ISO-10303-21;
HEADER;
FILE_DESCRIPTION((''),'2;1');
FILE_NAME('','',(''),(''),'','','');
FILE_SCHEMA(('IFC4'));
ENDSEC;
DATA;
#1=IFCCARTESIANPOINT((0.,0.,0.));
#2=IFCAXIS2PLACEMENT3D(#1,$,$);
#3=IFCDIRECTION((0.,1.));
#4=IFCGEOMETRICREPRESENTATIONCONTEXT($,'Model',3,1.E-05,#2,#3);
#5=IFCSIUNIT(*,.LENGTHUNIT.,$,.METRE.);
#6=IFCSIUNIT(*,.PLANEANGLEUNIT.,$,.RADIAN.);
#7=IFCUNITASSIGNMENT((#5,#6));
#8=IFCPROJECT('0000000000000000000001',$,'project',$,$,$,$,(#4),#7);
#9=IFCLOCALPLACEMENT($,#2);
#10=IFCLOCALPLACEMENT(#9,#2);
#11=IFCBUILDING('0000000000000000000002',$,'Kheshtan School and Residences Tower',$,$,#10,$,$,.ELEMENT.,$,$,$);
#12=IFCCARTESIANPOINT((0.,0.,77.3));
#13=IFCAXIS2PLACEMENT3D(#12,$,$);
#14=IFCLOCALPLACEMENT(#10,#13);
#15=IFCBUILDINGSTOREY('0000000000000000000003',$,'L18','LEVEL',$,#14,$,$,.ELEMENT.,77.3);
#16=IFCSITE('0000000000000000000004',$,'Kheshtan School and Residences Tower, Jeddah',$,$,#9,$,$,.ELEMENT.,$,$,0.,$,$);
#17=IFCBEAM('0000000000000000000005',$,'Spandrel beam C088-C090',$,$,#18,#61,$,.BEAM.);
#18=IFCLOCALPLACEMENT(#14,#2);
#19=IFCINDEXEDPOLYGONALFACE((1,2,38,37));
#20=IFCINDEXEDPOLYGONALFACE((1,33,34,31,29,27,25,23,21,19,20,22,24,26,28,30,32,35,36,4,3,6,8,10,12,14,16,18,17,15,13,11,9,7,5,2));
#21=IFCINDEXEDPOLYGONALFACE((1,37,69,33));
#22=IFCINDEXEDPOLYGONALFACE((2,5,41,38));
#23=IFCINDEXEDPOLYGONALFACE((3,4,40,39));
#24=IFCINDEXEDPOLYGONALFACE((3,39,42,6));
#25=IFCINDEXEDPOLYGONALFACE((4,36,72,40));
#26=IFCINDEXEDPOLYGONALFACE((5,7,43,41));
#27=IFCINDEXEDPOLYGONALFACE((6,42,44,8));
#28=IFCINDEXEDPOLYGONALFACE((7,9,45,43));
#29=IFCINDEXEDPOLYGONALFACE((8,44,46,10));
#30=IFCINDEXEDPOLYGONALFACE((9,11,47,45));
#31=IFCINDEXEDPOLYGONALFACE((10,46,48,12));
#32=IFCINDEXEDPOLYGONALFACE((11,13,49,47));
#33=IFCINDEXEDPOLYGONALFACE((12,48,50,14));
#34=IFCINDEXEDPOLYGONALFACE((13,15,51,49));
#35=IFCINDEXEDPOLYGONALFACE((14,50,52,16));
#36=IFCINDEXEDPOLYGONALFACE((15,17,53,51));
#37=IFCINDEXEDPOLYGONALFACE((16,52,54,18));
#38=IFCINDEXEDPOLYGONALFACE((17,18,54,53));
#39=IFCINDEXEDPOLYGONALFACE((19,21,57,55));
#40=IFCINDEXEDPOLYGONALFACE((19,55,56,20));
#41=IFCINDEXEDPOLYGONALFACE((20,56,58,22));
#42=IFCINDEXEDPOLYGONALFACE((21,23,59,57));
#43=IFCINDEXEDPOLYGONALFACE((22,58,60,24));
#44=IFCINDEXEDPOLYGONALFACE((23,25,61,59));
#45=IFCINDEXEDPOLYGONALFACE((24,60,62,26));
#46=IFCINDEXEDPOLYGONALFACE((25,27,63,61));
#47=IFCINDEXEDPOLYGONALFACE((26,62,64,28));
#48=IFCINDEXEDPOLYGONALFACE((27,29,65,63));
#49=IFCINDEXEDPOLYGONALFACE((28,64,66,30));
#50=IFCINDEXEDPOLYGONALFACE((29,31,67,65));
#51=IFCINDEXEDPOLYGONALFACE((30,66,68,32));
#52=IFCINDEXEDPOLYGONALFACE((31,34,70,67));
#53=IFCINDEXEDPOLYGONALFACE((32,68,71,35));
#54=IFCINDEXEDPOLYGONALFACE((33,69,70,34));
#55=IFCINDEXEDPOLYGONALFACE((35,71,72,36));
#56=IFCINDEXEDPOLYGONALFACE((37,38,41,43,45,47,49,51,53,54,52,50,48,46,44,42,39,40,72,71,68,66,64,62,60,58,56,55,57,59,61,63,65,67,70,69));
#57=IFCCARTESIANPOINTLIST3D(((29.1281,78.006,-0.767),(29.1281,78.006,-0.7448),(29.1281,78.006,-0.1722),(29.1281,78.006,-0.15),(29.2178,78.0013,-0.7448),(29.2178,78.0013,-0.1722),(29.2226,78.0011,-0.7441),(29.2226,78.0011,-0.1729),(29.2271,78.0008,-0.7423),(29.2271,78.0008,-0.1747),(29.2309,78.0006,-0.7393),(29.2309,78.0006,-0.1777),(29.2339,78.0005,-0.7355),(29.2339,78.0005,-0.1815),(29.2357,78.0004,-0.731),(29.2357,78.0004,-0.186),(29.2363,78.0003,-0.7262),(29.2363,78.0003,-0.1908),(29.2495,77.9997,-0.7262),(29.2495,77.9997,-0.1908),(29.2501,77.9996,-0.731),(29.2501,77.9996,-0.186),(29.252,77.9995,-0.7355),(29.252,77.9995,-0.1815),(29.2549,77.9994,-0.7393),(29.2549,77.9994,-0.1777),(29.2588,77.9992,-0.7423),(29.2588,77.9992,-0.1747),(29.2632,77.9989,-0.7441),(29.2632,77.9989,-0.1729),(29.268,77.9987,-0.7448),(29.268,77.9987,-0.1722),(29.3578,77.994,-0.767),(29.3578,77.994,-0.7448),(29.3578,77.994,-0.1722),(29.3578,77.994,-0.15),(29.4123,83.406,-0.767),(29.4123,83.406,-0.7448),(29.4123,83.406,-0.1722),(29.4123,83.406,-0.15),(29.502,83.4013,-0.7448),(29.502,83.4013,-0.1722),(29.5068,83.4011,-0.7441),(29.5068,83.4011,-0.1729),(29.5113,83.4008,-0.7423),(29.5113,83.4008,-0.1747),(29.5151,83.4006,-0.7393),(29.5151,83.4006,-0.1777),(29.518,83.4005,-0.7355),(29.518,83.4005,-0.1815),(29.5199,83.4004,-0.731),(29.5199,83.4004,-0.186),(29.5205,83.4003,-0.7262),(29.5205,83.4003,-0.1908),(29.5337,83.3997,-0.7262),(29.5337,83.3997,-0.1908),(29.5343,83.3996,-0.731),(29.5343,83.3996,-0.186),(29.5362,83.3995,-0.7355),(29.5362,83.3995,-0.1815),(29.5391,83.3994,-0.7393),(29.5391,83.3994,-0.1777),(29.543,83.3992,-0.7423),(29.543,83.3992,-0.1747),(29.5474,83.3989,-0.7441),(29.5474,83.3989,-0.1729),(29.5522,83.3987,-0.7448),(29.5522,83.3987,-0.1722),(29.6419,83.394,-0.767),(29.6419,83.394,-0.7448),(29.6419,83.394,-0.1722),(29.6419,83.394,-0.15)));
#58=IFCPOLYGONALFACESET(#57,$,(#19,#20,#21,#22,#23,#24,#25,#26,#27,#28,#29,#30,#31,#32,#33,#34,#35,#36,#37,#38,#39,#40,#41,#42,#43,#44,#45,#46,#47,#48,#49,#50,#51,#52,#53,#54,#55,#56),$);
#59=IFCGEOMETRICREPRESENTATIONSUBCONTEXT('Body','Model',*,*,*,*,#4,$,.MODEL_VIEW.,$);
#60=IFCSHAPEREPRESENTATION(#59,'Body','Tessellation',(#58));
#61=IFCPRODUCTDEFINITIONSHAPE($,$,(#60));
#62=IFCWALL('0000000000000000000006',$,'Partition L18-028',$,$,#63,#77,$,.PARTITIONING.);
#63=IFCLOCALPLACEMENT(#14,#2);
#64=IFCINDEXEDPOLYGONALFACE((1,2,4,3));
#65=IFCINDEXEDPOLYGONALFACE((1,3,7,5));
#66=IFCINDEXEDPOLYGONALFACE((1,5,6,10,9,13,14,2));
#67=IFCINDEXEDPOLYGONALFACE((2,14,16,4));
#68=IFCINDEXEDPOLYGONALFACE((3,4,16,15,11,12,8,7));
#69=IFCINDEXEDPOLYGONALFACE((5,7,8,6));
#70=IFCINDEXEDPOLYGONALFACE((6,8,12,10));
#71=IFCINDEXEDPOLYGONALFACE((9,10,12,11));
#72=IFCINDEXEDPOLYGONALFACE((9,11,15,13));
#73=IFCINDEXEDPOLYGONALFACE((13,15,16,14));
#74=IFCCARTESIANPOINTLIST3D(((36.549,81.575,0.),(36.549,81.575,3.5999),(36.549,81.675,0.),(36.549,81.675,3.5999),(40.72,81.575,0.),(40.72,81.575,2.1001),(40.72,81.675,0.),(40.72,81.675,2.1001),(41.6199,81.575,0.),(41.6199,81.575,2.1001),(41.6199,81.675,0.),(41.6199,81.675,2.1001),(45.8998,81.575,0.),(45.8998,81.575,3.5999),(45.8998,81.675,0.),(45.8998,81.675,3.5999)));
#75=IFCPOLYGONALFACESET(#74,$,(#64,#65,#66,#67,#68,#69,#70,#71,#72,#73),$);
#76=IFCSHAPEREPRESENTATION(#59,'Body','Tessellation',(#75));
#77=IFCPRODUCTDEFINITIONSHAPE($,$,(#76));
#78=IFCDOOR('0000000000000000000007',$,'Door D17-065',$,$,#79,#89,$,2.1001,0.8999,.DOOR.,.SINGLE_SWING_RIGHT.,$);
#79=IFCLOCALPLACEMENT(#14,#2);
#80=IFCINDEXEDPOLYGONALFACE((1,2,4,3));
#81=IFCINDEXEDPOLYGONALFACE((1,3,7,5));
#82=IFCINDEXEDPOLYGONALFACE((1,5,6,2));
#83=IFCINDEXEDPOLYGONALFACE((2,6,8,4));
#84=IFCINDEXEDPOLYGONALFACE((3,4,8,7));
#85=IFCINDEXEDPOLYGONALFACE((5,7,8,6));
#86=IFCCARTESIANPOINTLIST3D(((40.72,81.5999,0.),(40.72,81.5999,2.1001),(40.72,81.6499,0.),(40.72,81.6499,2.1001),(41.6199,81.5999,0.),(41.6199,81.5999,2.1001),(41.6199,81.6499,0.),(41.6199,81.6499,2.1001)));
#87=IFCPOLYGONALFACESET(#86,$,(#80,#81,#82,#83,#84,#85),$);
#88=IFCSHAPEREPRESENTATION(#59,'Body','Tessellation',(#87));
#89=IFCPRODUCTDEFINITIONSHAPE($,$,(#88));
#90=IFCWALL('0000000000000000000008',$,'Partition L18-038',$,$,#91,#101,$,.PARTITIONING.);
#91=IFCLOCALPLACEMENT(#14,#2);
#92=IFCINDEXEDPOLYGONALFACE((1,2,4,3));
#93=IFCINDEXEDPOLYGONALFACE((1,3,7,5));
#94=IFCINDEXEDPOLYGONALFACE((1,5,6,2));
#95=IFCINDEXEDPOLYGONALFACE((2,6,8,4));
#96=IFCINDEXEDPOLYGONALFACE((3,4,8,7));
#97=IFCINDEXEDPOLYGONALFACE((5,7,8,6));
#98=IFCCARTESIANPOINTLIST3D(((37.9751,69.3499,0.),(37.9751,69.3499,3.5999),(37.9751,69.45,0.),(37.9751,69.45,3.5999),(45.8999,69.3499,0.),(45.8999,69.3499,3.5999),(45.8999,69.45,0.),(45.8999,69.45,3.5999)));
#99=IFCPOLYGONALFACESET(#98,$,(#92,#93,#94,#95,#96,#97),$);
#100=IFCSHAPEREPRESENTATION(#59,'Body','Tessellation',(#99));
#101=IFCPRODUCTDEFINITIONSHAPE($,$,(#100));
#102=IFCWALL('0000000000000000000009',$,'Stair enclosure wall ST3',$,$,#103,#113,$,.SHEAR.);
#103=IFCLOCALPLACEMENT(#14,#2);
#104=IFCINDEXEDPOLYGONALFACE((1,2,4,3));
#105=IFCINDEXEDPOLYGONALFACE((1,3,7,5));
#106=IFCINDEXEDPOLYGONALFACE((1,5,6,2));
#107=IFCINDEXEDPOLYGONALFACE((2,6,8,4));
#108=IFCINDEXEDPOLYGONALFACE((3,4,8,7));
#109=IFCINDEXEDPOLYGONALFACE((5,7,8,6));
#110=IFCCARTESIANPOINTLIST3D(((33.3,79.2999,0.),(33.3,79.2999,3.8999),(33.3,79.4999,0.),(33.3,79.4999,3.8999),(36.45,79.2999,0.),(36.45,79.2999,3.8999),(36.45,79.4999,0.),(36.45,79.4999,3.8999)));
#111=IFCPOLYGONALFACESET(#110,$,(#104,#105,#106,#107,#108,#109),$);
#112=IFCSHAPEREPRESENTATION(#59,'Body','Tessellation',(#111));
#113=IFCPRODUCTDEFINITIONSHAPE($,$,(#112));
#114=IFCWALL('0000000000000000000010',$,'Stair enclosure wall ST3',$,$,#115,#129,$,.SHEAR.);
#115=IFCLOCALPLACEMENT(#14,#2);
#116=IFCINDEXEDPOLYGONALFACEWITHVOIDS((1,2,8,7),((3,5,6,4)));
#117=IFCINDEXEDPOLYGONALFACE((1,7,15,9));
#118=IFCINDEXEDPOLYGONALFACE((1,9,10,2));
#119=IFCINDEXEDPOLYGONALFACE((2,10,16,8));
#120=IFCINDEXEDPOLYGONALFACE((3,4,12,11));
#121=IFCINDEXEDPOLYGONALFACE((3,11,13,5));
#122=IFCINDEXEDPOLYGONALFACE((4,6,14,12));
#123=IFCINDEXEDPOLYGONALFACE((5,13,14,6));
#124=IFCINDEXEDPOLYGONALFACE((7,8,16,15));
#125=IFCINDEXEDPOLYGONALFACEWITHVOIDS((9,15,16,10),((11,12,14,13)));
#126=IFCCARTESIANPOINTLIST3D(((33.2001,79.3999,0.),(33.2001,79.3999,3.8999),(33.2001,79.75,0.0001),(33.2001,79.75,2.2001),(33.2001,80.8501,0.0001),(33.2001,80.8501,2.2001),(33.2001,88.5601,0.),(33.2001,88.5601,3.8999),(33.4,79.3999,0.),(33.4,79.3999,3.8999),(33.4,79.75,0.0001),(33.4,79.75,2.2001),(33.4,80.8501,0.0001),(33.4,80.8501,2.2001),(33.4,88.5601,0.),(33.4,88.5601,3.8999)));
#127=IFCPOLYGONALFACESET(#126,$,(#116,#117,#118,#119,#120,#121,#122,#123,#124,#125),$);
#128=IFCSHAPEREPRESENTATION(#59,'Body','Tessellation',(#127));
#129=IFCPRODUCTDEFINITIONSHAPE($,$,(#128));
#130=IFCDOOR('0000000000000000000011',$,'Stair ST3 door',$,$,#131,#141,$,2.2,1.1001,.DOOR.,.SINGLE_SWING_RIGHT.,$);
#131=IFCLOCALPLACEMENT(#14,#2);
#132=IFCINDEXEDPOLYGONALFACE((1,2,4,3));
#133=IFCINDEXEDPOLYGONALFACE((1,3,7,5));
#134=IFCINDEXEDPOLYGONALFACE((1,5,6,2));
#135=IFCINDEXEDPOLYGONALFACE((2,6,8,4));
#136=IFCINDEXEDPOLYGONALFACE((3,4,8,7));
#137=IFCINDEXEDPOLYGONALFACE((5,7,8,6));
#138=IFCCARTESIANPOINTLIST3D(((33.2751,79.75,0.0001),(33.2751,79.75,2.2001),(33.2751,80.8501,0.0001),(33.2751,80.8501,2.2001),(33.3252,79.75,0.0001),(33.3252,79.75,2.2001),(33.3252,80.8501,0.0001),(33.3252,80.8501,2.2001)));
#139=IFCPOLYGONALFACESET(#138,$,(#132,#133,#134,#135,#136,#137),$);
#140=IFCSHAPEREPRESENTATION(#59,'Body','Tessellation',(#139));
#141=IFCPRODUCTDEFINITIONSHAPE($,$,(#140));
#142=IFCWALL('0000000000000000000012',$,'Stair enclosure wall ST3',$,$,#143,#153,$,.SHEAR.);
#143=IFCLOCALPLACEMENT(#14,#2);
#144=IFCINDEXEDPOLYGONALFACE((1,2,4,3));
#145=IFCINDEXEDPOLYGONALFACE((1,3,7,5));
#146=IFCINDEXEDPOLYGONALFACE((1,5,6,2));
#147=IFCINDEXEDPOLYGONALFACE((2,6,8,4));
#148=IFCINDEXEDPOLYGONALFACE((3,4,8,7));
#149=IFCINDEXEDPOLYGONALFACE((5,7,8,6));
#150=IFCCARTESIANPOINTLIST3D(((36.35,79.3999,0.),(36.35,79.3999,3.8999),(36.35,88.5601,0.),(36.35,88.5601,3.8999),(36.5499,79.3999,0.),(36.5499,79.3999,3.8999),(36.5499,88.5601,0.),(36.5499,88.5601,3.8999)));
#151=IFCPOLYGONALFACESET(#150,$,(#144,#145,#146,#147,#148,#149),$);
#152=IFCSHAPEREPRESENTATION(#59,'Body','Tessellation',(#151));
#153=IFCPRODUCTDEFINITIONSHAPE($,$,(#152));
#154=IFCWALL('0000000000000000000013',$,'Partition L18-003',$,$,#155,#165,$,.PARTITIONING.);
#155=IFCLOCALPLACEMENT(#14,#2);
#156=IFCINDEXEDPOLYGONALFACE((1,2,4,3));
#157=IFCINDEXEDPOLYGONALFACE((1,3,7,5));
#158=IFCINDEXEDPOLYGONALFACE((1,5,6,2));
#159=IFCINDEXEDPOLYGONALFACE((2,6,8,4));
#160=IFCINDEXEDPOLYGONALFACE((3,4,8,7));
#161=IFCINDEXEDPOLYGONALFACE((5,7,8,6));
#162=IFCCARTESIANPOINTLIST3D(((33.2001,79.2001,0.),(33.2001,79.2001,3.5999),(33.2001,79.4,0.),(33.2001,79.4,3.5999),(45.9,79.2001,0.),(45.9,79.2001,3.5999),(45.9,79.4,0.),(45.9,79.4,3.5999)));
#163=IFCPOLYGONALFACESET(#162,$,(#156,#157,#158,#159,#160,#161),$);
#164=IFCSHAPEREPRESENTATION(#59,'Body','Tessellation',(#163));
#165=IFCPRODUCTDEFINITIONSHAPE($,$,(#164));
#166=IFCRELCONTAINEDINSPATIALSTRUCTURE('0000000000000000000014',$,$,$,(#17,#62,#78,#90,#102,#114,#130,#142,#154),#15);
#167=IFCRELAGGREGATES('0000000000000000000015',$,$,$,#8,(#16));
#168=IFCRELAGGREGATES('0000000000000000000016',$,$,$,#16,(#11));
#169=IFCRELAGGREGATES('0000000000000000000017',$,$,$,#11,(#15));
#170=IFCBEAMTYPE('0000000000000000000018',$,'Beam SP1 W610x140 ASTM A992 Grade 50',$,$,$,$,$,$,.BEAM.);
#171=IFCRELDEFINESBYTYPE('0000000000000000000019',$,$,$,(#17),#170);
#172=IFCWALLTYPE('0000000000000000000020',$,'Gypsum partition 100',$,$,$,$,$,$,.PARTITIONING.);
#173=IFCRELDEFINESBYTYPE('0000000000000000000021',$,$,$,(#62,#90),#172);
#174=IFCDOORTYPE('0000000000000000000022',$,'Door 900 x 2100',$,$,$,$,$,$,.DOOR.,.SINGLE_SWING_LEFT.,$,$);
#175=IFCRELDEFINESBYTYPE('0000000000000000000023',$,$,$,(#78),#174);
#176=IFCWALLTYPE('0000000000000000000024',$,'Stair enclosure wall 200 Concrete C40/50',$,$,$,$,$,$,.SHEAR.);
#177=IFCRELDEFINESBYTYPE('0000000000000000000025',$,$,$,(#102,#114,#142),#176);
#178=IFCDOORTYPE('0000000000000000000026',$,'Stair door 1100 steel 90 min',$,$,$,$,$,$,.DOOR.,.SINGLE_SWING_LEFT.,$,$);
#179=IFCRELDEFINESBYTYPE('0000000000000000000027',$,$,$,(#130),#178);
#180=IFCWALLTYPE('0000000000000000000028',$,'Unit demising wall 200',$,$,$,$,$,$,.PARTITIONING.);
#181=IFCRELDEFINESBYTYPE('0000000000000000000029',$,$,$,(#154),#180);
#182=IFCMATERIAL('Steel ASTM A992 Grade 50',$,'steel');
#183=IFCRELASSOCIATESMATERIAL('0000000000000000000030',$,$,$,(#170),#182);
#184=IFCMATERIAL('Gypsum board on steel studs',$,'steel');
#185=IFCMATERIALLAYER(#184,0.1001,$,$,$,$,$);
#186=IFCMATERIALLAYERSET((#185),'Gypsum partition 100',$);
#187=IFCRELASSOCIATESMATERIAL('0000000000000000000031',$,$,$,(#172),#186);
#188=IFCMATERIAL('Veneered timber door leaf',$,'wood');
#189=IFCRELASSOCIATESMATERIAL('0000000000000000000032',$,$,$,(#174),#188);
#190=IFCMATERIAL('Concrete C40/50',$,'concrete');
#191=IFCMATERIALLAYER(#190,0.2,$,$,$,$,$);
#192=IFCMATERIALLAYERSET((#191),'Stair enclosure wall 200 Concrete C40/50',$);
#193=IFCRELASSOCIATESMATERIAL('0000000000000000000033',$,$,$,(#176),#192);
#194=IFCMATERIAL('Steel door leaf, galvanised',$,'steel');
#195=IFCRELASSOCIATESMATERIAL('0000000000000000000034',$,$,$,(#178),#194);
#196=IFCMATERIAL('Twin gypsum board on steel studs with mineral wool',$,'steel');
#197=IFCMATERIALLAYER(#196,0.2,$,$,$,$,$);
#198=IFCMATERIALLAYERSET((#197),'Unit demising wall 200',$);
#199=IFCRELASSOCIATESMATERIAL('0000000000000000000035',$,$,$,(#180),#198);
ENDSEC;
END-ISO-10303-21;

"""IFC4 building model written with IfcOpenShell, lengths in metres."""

from ifc_helpers import new_model, si_unit, direction, frame, frame_2d, origin, origin_2d, place, context, subcontext, project, spatial, rectangle, i_section, extrude, source, transform, mapped, material, layer, layer_set, material_profile, profile_set, type_object, element, fill, save


model = new_model("IFC4")

# Units and contexts
model_context = context("Model", 3, precision=1e-05, world=origin(), true_north=direction((0.0, 1.0)))
body_context = subcontext(model_context, "Body", "Model", "MODEL_VIEW")
ifc_project = project(units=[si_unit("LENGTHUNIT", "METRE"), si_unit("PLANEANGLEUNIT", "RADIAN")], contexts=[model_context])

# Site, building, storey
site_placement = place(None, origin())
site = spatial("IfcSite", under=ifc_project, at=site_placement, Name="Kheshtan School and Residences Tower, Jeddah", CompositionType="ELEMENT", RefElevation=0.0)
building_placement = place(site_placement, origin())
building = spatial("IfcBuilding", under=site, at=building_placement, Name="Kheshtan School and Residences Tower", CompositionType="ELEMENT")
storey_placement = place(building_placement, frame((0.0, 0.0, 77.3)))
storey = spatial("IfcBuildingStorey", under=building, at=storey_placement, Name="L18", Description="LEVEL", CompositionType="ELEMENT", Elevation=77.3)

# Shared definitions
ifc_material_1 = material(Name="Steel ASTM A992 Grade 50", Category="steel")

# Beam
ifc_material_profile_1 = material_profile(ifc_material_1, i_section(OverallWidth=0.23, OverallDepth=0.6169, WebThickness=0.0132, FlangeThickness=0.0222, FilletRadius=0.0186, at=origin_2d()), Name="W610x140")
ifc_profile_set_1 = profile_set([ifc_material_profile_1], Name="Steel ASTM A992 Grade 50")
beam_type_1 = type_object("IfcBeamType", Name="Beam SP1 W610x140 ASTM A992 Grade 50", PredefinedType="BEAM", material=ifc_profile_set_1)
for number, where, z_axis, x_axis, name in (
    (1, (29.2429, 78.0, -0.4585), (0.052554, 0.998618, 0.0), (-0.998618, 0.052554, 0.0), "Spandrel beam C088-C090"),
):
    element("IfcBeam", number, at=place(storey_placement, frame(where, z_axis=z_axis, x_axis=x_axis)), inside=storey, type_object=beam_type_1, Name=name, PredefinedType="BEAM", context=body_context, shape_type="SweptSolid", body=[
        extrude(i_section(OverallWidth=0.23, OverallDepth=0.6169, WebThickness=0.0132, FlangeThickness=0.0222, FilletRadius=0.0186, at=origin_2d()), origin(), (0.0, 0.0, 1.0), 5.4075),
    ])

# Wall, opening, door
ifc_material_2 = material(Name="Gypsum board on steel studs", Category="steel")
ifc_layer_1 = layer(ifc_material_2, 0.1001)
ifc_layer_set_1 = layer_set([ifc_layer_1], Name="Gypsum partition 100")
wall_type_1 = type_object("IfcWallType", Name="Gypsum partition 100", PredefinedType="PARTITIONING", material=ifc_layer_set_1)
wall_1_placement = place(storey_placement, frame((36.5491, 81.625, 0.0), z_axis=(0.0, 0.0, 1.0), x_axis=(1.0, 0.0, 0.0)))
wall_1 = element("IfcWall", 2, at=wall_1_placement, inside=storey, type_object=wall_type_1, Name="Partition L18-028", PredefinedType="PARTITIONING", context=body_context, shape_type="SweptSolid", body=[
    extrude(rectangle(XDim=9.3508, YDim=0.1001, at=frame_2d((4.6753, 0.0))), origin(), (0.0, 0.0, 1.0), 3.5999),
])
opening_1_placement = place(wall_1_placement, frame((4.1709, 0.0, 0.0)))
opening_1 = element("IfcOpeningElement", 3, at=opening_1_placement, cuts=wall_1, PredefinedType="OPENING", context=body_context, shape_type="SweptSolid", body=[
    extrude(rectangle(XDim=0.8999, YDim=2.1001, at=frame_2d((0.45, 1.05))), frame((0.0, 0.0601, 0.0), z_axis=(0.0, -1.0, 0.0), x_axis=(1.0, 0.0, 0.0)), (0.0, 0.0, 1.0), 0.1201),
])
ifc_material_3 = material(Name="Veneered timber door leaf", Category="wood")
door_type_1 = type_object("IfcDoorType", Name="Door 900 x 2100", OperationType="SINGLE_SWING_LEFT", PredefinedType="DOOR", material=ifc_material_3)
shared_shape_1 = source(origin(), body_context, "Body", "SweptSolid", [
    extrude(rectangle(XDim=0.8999, YDim=2.1001, at=frame_2d((0.45, 1.05))), frame((0.0, 0.0249, 0.0), z_axis=(0.0, -1.0, 0.0), x_axis=(1.0, 0.0, 0.0)), (0.0, 0.0, 1.0), 0.05),
])
door_1_placement = place(opening_1_placement, origin())
door_1 = element("IfcDoor", 4, at=door_1_placement, inside=storey, type_object=door_type_1, Name="Door D17-065", OperationType="SINGLE_SWING_RIGHT", OverallHeight=2.1001, OverallWidth=0.8999, PredefinedType="DOOR", context=body_context, shape_type="MappedRepresentation", body=[
    mapped(shared_shape_1, transform((0.0, 0.0, 0.0), x_axis=(1.0, 0.0, 0.0), y_axis=(0.0, 1.0, 0.0), z_axis=(0.0, 0.0, 1.0), scale=1.0)),
])
fill(opening_1, door_1)

# Walls
wall_2_placement = place(storey_placement, frame((37.9751, 69.3999, 0.0), z_axis=(0.0, 0.0, 1.0), x_axis=(1.0, 0.0, 0.0)))
element("IfcWall", 5, at=wall_2_placement, inside=storey, type_object=wall_type_1, Name="Partition L18-038", PredefinedType="PARTITIONING", context=body_context, shape_type="SweptSolid", body=[
    extrude(rectangle(XDim=7.9248, YDim=0.1001, at=frame_2d((3.9624, 0.0))), origin(), (0.0, 0.0, 1.0), 3.5999),
])
ifc_material_4 = material(Name="Concrete C40/50", Category="concrete")
ifc_layer_2 = layer(ifc_material_4, 0.2)
ifc_layer_set_2 = layer_set([ifc_layer_2], Name="Stair enclosure wall 200 Concrete C40/50")
wall_type_2 = type_object("IfcWallType", Name="Stair enclosure wall 200 Concrete C40/50", PredefinedType="SHEAR", material=ifc_layer_set_2)
wall_3_placement = place(storey_placement, frame((33.3, 79.3999, 0.0), z_axis=(0.0, 0.0, 1.0), x_axis=(1.0, 0.0, 0.0)))
element("IfcWall", 6, at=wall_3_placement, inside=storey, type_object=wall_type_2, Name="Stair enclosure wall ST3", PredefinedType="SHEAR", context=body_context, shape_type="SweptSolid", body=[
    extrude(rectangle(XDim=3.1499, YDim=0.2, at=frame_2d((1.575, 0.0))), origin(), (0.0, 0.0, 1.0), 3.8999),
])

# Wall, opening, door
wall_4_placement = place(storey_placement, frame((33.3, 79.3999, 0.0), z_axis=(0.0, 0.0, 1.0), x_axis=(0.0, 1.0, 0.0)))
wall_4 = element("IfcWall", 7, at=wall_4_placement, inside=storey, type_object=wall_type_2, Name="Stair enclosure wall ST3", PredefinedType="SHEAR", context=body_context, shape_type="SweptSolid", body=[
    extrude(rectangle(XDim=9.1602, YDim=0.2, at=frame_2d((4.5801, 0.0))), origin(), (0.0, 0.0, 1.0), 3.8999),
])
opening_2_placement = place(wall_4_placement, frame((0.3501, 0.0, 0.0)))
opening_2 = element("IfcOpeningElement", 8, at=opening_2_placement, cuts=wall_4, PredefinedType="OPENING", context=body_context, shape_type="SweptSolid", body=[
    extrude(rectangle(XDim=1.1001, YDim=2.2, at=frame_2d((0.55, 1.1001))), frame((0.0, 0.1099, 0.0), z_axis=(0.0, -1.0, 0.0), x_axis=(1.0, 0.0, 0.0)), (0.0, 0.0, 1.0), 0.22),
])
ifc_material_5 = material(Name="Steel door leaf, galvanised", Category="steel")
door_type_2 = type_object("IfcDoorType", Name="Stair door 1100 steel 90 min", OperationType="SINGLE_SWING_LEFT", PredefinedType="DOOR", material=ifc_material_5)
shared_shape_2 = source(origin(), body_context, "Body", "SweptSolid", [
    extrude(rectangle(XDim=1.1001, YDim=2.2, at=frame_2d((0.55, 1.1001))), frame((0.0, 0.0249, 0.0), z_axis=(0.0, -1.0, 0.0), x_axis=(1.0, 0.0, 0.0)), (0.0, 0.0, 1.0), 0.05),
])
door_2_placement = place(opening_2_placement, origin())
door_2 = element("IfcDoor", 9, at=door_2_placement, inside=storey, type_object=door_type_2, Name="Stair ST3 door", OperationType="SINGLE_SWING_RIGHT", OverallHeight=2.2, OverallWidth=1.1001, PredefinedType="DOOR", context=body_context, shape_type="MappedRepresentation", body=[
    mapped(shared_shape_2, transform((0.0, 0.0, 0.0), x_axis=(1.0, 0.0, 0.0), y_axis=(0.0, 1.0, 0.0), z_axis=(0.0, 0.0, 1.0), scale=1.0)),
])
fill(opening_2, door_2)

# Walls
wall_5_placement = place(storey_placement, frame((36.45, 79.3999, 0.0), z_axis=(0.0, 0.0, 1.0), x_axis=(0.0, 1.0, 0.0)))
element("IfcWall", 10, at=wall_5_placement, inside=storey, type_object=wall_type_2, Name="Stair enclosure wall ST3", PredefinedType="SHEAR", context=body_context, shape_type="SweptSolid", body=[
    extrude(rectangle(XDim=9.1602, YDim=0.2, at=frame_2d((4.5801, 0.0))), origin(), (0.0, 0.0, 1.0), 3.8999),
])
ifc_material_6 = material(Name="Twin gypsum board on steel studs with mineral wool", Category="steel")
ifc_layer_3 = layer(ifc_material_6, 0.2)
ifc_layer_set_3 = layer_set([ifc_layer_3], Name="Unit demising wall 200")
wall_type_3 = type_object("IfcWallType", Name="Unit demising wall 200", PredefinedType="PARTITIONING", material=ifc_layer_set_3)
wall_6_placement = place(storey_placement, frame((33.2, 79.3, 0.0), z_axis=(0.0, 0.0, 1.0), x_axis=(1.0, 0.0, 0.0)))
element("IfcWall", 11, at=wall_6_placement, inside=storey, type_object=wall_type_3, Name="Partition L18-003", PredefinedType="PARTITIONING", context=body_context, shape_type="SweptSolid", body=[
    extrude(rectangle(XDim=12.7, YDim=0.2, at=frame_2d((6.3501, 0.0))), origin(), (0.0, 0.0, 1.0), 3.5999),
])

save(model, "model.ifc")
